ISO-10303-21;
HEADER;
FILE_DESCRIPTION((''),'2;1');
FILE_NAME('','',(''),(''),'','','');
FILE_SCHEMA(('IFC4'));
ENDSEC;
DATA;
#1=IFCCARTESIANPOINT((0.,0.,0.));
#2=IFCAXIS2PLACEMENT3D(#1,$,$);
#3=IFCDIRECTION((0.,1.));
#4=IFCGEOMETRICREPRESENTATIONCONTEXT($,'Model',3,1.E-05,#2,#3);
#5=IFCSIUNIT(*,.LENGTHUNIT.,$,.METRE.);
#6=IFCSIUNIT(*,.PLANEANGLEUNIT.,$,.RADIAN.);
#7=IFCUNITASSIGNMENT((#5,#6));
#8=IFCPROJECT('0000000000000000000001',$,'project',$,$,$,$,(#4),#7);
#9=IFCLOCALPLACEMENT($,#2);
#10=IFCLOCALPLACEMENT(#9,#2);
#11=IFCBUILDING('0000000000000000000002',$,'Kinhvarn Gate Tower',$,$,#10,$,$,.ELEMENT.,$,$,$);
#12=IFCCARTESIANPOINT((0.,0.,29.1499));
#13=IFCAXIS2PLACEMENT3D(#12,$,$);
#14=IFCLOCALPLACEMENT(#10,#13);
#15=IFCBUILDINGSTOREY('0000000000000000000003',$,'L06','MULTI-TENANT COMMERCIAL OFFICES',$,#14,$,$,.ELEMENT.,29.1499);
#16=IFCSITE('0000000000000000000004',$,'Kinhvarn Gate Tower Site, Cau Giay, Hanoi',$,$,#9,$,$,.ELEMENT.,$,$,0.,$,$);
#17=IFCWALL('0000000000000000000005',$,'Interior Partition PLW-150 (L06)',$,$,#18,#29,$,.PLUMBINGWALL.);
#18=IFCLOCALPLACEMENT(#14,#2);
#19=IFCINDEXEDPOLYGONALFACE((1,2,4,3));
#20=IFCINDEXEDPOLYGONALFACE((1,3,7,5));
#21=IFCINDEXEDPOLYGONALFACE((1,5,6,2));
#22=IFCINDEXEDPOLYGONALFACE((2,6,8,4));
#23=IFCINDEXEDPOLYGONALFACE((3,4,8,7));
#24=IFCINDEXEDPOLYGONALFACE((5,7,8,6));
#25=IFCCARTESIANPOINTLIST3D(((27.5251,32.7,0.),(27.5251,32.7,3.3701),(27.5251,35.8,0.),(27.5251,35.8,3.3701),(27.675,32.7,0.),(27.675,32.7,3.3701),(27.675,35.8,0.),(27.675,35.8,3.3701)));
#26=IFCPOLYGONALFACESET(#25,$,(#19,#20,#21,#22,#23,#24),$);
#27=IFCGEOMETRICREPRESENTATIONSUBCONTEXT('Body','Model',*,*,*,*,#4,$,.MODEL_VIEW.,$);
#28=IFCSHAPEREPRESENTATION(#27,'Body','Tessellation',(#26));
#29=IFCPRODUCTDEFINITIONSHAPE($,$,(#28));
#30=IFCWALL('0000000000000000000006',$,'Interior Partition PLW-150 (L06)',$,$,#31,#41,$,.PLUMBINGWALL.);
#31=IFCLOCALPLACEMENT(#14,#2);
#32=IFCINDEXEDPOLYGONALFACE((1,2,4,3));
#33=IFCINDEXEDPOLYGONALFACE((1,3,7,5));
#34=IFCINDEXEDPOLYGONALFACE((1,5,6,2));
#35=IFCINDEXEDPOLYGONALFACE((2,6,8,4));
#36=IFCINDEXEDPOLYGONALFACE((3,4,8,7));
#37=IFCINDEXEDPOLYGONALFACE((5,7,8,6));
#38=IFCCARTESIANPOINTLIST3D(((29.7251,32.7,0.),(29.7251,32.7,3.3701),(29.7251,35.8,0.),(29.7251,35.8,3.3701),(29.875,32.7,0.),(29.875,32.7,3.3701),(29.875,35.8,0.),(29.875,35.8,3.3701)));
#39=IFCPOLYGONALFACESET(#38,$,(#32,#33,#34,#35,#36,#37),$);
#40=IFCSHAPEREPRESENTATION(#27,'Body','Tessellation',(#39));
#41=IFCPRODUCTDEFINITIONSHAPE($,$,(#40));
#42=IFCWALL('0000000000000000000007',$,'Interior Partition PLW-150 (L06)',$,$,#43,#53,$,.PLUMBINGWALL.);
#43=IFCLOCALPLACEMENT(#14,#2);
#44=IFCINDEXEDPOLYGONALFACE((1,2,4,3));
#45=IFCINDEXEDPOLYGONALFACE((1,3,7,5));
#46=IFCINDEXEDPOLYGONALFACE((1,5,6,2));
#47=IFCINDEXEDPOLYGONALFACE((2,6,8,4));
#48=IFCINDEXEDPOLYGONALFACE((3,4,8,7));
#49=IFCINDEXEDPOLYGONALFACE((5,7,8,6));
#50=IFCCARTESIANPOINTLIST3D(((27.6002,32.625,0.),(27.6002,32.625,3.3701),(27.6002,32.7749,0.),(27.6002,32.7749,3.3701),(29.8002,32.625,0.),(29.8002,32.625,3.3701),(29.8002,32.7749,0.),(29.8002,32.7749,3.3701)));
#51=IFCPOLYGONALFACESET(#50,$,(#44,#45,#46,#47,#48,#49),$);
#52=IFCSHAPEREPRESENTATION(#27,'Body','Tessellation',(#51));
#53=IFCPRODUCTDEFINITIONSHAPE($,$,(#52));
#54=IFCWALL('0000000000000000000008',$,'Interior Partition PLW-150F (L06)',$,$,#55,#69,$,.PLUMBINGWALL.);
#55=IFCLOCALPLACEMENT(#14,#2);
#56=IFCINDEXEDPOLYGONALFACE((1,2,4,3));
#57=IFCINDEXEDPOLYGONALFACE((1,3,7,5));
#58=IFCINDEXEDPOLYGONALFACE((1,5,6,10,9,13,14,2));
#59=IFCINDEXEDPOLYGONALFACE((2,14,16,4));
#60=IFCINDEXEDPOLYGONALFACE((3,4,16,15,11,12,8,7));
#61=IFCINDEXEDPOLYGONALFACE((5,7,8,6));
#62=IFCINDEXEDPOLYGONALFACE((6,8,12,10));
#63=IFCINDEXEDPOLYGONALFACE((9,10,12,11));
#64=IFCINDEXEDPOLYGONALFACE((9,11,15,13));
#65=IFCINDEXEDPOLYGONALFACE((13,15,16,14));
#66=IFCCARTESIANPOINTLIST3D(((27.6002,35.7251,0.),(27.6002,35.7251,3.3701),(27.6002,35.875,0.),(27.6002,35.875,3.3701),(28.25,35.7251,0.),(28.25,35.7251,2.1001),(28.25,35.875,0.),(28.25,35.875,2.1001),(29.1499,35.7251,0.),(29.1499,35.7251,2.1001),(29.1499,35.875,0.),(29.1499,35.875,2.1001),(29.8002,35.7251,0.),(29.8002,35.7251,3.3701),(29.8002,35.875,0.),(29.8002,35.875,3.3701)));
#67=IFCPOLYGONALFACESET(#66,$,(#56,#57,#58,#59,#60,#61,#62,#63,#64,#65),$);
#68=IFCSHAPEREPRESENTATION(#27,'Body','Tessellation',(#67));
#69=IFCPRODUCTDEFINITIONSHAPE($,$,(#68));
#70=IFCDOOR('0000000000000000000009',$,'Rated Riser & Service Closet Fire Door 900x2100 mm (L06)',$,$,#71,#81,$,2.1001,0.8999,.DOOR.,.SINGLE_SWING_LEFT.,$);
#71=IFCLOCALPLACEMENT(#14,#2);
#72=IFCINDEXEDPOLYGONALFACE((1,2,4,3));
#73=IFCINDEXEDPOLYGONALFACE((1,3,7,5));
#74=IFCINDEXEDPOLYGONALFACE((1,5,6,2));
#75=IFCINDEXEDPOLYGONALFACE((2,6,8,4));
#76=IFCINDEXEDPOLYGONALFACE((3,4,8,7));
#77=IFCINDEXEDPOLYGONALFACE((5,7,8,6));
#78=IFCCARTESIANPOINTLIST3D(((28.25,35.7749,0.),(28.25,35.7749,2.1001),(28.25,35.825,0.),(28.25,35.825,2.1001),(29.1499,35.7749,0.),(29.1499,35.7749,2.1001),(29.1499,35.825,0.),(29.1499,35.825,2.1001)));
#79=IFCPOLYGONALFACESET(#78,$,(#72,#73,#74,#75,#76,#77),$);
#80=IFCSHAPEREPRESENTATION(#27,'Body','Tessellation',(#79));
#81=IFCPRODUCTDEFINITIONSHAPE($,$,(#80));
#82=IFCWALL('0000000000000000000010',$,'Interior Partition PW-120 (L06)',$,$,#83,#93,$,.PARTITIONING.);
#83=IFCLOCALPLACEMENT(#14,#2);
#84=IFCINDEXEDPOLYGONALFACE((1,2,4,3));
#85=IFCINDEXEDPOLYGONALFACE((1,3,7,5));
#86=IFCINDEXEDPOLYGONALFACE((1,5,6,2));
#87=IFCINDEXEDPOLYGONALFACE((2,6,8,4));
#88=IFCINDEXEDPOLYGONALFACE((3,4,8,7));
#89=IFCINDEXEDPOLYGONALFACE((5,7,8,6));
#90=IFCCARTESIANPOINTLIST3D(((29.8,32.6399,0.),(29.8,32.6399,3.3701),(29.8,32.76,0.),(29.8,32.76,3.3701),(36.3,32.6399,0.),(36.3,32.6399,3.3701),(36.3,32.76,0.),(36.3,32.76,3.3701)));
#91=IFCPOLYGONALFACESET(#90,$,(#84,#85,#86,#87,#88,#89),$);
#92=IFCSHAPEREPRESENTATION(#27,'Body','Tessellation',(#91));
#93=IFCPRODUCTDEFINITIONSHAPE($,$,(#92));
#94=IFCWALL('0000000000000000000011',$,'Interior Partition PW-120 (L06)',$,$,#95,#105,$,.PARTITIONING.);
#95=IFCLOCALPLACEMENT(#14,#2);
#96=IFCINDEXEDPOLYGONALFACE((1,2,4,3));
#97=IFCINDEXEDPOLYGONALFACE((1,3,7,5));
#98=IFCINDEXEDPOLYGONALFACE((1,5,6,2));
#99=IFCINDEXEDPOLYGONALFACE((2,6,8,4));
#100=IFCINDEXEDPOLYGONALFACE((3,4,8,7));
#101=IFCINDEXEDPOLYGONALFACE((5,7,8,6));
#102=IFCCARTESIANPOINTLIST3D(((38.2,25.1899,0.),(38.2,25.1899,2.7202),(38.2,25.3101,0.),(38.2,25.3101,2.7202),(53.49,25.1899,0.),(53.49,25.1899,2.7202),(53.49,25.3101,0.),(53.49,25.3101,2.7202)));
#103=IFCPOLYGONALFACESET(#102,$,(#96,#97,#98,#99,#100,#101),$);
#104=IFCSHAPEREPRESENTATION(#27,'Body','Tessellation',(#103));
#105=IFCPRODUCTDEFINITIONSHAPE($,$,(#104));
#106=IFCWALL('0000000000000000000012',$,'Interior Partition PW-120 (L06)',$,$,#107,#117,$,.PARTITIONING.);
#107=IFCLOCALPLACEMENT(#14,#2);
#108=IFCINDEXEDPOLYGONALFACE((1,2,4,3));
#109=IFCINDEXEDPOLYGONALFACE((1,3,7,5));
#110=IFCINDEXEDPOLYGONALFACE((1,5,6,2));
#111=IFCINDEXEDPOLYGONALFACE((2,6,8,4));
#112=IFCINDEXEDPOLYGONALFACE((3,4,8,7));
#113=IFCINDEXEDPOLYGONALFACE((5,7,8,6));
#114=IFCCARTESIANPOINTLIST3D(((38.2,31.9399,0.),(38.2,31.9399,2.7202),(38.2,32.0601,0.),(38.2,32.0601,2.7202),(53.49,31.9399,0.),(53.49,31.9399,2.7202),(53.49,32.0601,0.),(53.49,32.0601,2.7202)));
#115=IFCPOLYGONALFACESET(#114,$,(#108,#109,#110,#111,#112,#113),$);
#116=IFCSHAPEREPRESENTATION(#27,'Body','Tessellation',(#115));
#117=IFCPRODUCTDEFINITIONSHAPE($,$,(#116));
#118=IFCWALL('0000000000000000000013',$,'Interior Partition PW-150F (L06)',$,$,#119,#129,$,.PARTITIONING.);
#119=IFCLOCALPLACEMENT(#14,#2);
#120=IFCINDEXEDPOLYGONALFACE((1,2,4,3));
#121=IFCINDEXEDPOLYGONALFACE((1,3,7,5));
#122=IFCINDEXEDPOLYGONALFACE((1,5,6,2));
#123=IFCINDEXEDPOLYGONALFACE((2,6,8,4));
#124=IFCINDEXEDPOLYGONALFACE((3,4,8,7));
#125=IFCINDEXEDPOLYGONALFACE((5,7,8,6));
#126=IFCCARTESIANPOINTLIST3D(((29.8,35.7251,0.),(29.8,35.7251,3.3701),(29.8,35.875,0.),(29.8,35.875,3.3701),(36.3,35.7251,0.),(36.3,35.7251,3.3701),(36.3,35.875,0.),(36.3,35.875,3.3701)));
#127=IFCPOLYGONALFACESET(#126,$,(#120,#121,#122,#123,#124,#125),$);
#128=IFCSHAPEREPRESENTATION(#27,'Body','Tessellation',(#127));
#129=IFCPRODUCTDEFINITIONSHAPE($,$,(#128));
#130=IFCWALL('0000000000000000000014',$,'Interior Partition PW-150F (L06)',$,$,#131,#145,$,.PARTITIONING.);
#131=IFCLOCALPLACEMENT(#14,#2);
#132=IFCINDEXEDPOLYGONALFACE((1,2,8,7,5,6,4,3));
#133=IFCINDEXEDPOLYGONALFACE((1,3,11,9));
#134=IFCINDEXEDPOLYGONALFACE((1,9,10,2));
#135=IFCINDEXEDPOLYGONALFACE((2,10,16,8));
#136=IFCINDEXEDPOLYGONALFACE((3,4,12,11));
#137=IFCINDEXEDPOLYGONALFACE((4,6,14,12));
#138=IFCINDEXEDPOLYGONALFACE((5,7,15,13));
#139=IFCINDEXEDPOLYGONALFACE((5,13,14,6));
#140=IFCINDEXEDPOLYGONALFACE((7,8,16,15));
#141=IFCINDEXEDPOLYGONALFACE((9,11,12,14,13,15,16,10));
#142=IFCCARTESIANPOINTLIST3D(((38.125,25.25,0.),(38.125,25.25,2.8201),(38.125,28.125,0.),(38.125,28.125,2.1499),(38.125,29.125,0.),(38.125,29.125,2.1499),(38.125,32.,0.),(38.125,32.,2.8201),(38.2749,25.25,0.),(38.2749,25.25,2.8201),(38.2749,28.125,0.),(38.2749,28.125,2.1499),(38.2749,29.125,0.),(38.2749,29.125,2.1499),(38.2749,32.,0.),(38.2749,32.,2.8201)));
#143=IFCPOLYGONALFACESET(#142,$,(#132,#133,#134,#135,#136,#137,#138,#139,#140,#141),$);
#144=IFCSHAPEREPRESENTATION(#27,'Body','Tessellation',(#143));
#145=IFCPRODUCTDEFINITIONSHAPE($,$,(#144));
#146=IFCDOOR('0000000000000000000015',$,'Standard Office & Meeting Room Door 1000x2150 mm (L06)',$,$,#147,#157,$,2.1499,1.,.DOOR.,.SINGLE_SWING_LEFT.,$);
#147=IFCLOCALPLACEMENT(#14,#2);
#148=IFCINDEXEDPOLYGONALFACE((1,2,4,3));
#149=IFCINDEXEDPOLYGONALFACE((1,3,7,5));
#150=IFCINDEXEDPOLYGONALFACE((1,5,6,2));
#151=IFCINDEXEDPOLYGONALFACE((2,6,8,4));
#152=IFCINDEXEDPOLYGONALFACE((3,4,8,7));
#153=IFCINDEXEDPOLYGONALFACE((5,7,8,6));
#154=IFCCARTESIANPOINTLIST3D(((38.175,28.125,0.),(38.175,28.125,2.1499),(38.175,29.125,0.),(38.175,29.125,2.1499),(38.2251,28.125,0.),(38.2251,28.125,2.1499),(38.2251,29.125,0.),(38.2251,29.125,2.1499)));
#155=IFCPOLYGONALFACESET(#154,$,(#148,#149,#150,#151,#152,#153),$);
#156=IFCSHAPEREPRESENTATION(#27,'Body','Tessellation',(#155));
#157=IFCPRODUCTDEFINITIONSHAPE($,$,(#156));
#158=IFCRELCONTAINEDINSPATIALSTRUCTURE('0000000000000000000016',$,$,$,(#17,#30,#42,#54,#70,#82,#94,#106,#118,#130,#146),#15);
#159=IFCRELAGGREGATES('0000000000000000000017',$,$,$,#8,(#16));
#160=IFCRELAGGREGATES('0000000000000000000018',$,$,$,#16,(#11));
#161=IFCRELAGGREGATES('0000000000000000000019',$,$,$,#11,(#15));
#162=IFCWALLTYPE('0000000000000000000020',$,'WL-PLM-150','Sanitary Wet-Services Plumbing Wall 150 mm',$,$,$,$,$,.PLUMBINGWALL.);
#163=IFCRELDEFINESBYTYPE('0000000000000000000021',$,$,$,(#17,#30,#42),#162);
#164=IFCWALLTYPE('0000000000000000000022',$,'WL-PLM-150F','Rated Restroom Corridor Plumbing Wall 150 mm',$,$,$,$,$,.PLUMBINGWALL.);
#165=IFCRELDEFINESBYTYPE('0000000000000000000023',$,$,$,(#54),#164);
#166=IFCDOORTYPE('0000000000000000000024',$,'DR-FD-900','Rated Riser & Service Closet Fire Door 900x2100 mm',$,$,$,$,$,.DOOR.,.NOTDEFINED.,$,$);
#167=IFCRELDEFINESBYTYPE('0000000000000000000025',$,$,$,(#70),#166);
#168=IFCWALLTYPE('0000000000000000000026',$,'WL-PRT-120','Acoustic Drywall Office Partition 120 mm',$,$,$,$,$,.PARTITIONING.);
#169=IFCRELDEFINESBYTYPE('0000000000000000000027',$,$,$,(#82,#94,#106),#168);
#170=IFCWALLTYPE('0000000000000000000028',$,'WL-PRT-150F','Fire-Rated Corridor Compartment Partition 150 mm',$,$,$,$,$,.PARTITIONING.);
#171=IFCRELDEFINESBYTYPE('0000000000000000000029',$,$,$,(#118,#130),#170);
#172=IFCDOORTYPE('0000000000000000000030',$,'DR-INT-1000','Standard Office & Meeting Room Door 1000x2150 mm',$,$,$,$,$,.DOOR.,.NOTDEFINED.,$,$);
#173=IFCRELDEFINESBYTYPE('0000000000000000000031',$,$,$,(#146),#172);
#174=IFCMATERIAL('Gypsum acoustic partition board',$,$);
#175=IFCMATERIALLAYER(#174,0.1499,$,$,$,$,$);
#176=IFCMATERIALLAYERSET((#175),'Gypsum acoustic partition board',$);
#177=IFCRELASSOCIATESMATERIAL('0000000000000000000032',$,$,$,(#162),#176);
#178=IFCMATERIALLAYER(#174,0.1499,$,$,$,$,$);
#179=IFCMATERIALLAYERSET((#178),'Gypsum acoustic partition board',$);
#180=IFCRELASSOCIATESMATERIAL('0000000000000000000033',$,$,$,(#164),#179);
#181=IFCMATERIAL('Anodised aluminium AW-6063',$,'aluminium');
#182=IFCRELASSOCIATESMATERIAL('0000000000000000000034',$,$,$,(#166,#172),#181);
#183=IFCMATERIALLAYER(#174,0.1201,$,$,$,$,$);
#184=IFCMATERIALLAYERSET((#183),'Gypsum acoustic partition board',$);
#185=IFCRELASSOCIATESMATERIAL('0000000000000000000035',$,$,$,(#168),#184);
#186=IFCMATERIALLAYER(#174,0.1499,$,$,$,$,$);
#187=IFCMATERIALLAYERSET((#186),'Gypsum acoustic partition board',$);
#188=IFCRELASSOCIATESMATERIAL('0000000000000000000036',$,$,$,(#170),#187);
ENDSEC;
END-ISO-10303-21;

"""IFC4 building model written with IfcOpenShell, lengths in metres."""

from ifc_helpers import new_model, si_unit, direction, frame, frame_2d, origin, place, context, subcontext, project, spatial, rectangle, extrude, material, layer, layer_set, type_object, element, fill, save


model = new_model("IFC4")

# Units and contexts
model_context = context("Model", 3, precision=1e-05, world=origin(), true_north=direction((0.0, 1.0)))
body_context = subcontext(model_context, "Body", "Model", "MODEL_VIEW")
ifc_project = project(units=[si_unit("LENGTHUNIT", "METRE"), si_unit("PLANEANGLEUNIT", "RADIAN")], contexts=[model_context])

# Site, building, storey
site_placement = place(None, origin())
site = spatial("IfcSite", under=ifc_project, at=site_placement, Name="Kinhvarn Gate Tower Site, Cau Giay, Hanoi", CompositionType="ELEMENT", RefElevation=0.0)
building_placement = place(site_placement, origin())
building = spatial("IfcBuilding", under=site, at=building_placement, Name="Kinhvarn Gate Tower", CompositionType="ELEMENT")
storey_placement = place(building_placement, frame((0.0, 0.0, 29.1499)))
storey = spatial("IfcBuildingStorey", under=building, at=storey_placement, Name="L06", Description="MULTI-TENANT COMMERCIAL OFFICES", CompositionType="ELEMENT", Elevation=29.1499)

# Walls
ifc_material_1 = material(Name="Gypsum acoustic partition board")
ifc_layer_1 = layer(ifc_material_1, 0.1499)
ifc_layer_set_1 = layer_set([ifc_layer_1], Name="Gypsum acoustic partition board")
wall_type_1 = type_object("IfcWallType", Name="WL-PLM-150", Description="Sanitary Wet-Services Plumbing Wall 150 mm", PredefinedType="PLUMBINGWALL", material=ifc_layer_set_1)
for number, where, z_axis, x_axis, name in (
    (1, (27.6001, 32.7, 0.0), (0.0, 0.0, 1.0), (0.0, 1.0, 0.0), "Interior Partition PLW-150 (L06)"),
    (2, (29.8, 32.7, 0.0), (0.0, 0.0, 1.0), (0.0, 1.0, 0.0), "Interior Partition PLW-150 (L06)"),
):
    element("IfcWall", number, at=place(storey_placement, frame(where, z_axis=z_axis, x_axis=x_axis)), inside=storey, type_object=wall_type_1, Name=name, PredefinedType="PLUMBINGWALL", context=body_context, shape_type="SweptSolid", body=[
        extrude(rectangle(XDim=3.1001, YDim=0.1499, at=frame_2d((1.55, 0.0))), origin(), (0.0, 0.0, 1.0), 3.3701),
    ])
wall_1_placement = place(storey_placement, frame((27.6001, 32.7, 0.0), z_axis=(0.0, 0.0, 1.0), x_axis=(1.0, 0.0, 0.0)))
element("IfcWall", 3, at=wall_1_placement, inside=storey, type_object=wall_type_1, Name="Interior Partition PLW-150 (L06)", PredefinedType="PLUMBINGWALL", context=body_context, shape_type="SweptSolid", body=[
    extrude(rectangle(XDim=2.2, YDim=0.1499, at=frame_2d((1.1001, 0.0))), origin(), (0.0, 0.0, 1.0), 3.3701),
])

# Wall, opening, door
ifc_layer_2 = layer(ifc_material_1, 0.1499)
ifc_layer_set_2 = layer_set([ifc_layer_2], Name="Gypsum acoustic partition board")
wall_type_2 = type_object("IfcWallType", Name="WL-PLM-150F", Description="Rated Restroom Corridor Plumbing Wall 150 mm", PredefinedType="PLUMBINGWALL", material=ifc_layer_set_2)
wall_2_placement = place(storey_placement, frame((27.6001, 35.8, 0.0), z_axis=(0.0, 0.0, 1.0), x_axis=(1.0, 0.0, 0.0)))
wall_2 = element("IfcWall", 4, at=wall_2_placement, inside=storey, type_object=wall_type_2, Name="Interior Partition PLW-150F (L06)", PredefinedType="PLUMBINGWALL", context=body_context, shape_type="SweptSolid", body=[
    extrude(rectangle(XDim=2.2, YDim=0.1499, at=frame_2d((1.1001, 0.0))), origin(), (0.0, 0.0, 1.0), 3.3701),
])
opening_1_placement = place(wall_2_placement, frame((0.6499, 0.0, 0.0)))
opening_1 = element("IfcOpeningElement", 5, at=opening_1_placement, cuts=wall_2, PredefinedType="OPENING", context=body_context, shape_type="SweptSolid", body=[
    extrude(rectangle(XDim=0.8999, YDim=2.1001, at=frame_2d((0.45, 1.05))), frame((0.0, 0.085, 0.0), z_axis=(0.0, -1.0, 0.0), x_axis=(1.0, 0.0, 0.0)), (0.0, 0.0, 1.0), 0.1699),
])
ifc_material_2 = material(Name="Anodised aluminium AW-6063", Category="aluminium")
door_type_1 = type_object("IfcDoorType", Name="DR-FD-900", Description="Rated Riser & Service Closet Fire Door 900x2100 mm", OperationType="NOTDEFINED", PredefinedType="DOOR", material=ifc_material_2)
door_1_placement = place(opening_1_placement, origin())
door_1 = element("IfcDoor", 6, at=door_1_placement, inside=storey, type_object=door_type_1, Name="Rated Riser & Service Closet Fire Door 900x2100 mm (L06)", OperationType="SINGLE_SWING_LEFT", OverallHeight=2.1001, OverallWidth=0.8999, PredefinedType="DOOR", context=body_context, shape_type="SweptSolid", body=[
    extrude(rectangle(XDim=0.8999, YDim=2.1001, at=frame_2d((0.45, 1.05))), frame((0.0, 0.0249, 0.0), z_axis=(0.0, -1.0, 0.0), x_axis=(1.0, 0.0, 0.0)), (0.0, 0.0, 1.0), 0.05),
])
fill(opening_1, door_1)

# Walls
ifc_layer_3 = layer(ifc_material_1, 0.1201)
ifc_layer_set_3 = layer_set([ifc_layer_3], Name="Gypsum acoustic partition board")
wall_type_3 = type_object("IfcWallType", Name="WL-PRT-120", Description="Acoustic Drywall Office Partition 120 mm", PredefinedType="PARTITIONING", material=ifc_layer_set_3)
wall_3_placement = place(storey_placement, frame((29.8, 32.7, 0.0), z_axis=(0.0, 0.0, 1.0), x_axis=(1.0, 0.0, 0.0)))
element("IfcWall", 7, at=wall_3_placement, inside=storey, type_object=wall_type_3, Name="Interior Partition PW-120 (L06)", PredefinedType="PARTITIONING", context=body_context, shape_type="SweptSolid", body=[
    extrude(rectangle(XDim=6.5, YDim=0.1201, at=frame_2d((3.25, 0.0))), origin(), (0.0, 0.0, 1.0), 3.3701),
])
for number, where, z_axis, x_axis, name in (
    (8, (38.2, 25.25, 0.0), (0.0, 0.0, 1.0), (1.0, 0.0, 0.0), "Interior Partition PW-120 (L06)"),
    (9, (38.2, 32.0, 0.0), (0.0, 0.0, 1.0), (1.0, 0.0, 0.0), "Interior Partition PW-120 (L06)"),
):
    element("IfcWall", number, at=place(storey_placement, frame(where, z_axis=z_axis, x_axis=x_axis)), inside=storey, type_object=wall_type_3, Name=name, PredefinedType="PARTITIONING", context=body_context, shape_type="SweptSolid", body=[
        extrude(rectangle(XDim=15.29, YDim=0.1201, at=frame_2d((7.645, 0.0))), origin(), (0.0, 0.0, 1.0), 2.7202),
    ])
ifc_layer_4 = layer(ifc_material_1, 0.1499)
ifc_layer_set_4 = layer_set([ifc_layer_4], Name="Gypsum acoustic partition board")
wall_type_4 = type_object("IfcWallType", Name="WL-PRT-150F", Description="Fire-Rated Corridor Compartment Partition 150 mm", PredefinedType="PARTITIONING", material=ifc_layer_set_4)
wall_4_placement = place(storey_placement, frame((29.8, 35.8, 0.0), z_axis=(0.0, 0.0, 1.0), x_axis=(1.0, 0.0, 0.0)))
element("IfcWall", 10, at=wall_4_placement, inside=storey, type_object=wall_type_4, Name="Interior Partition PW-150F (L06)", PredefinedType="PARTITIONING", context=body_context, shape_type="SweptSolid", body=[
    extrude(rectangle(XDim=6.5, YDim=0.1499, at=frame_2d((3.25, 0.0))), origin(), (0.0, 0.0, 1.0), 3.3701),
])

# Wall, opening, door
door_type_2 = type_object("IfcDoorType", Name="DR-INT-1000", Description="Standard Office & Meeting Room Door 1000x2150 mm", OperationType="NOTDEFINED", PredefinedType="DOOR", material=ifc_material_2)
wall_5_placement = place(storey_placement, frame((38.2, 25.25, 0.0), z_axis=(0.0, 0.0, 1.0), x_axis=(0.0, 1.0, 0.0)))
wall_5 = element("IfcWall", 11, at=wall_5_placement, inside=storey, type_object=wall_type_4, Name="Interior Partition PW-150F (L06)", PredefinedType="PARTITIONING", context=body_context, shape_type="SweptSolid", body=[
    extrude(rectangle(XDim=6.75, YDim=0.1499, at=frame_2d((3.375, 0.0))), origin(), (0.0, 0.0, 1.0), 2.8201),
])
opening_2_placement = place(wall_5_placement, frame((2.875, 0.0, 0.0)))
opening_2 = element("IfcOpeningElement", 12, at=opening_2_placement, cuts=wall_5, PredefinedType="OPENING", context=body_context, shape_type="SweptSolid", body=[
    extrude(rectangle(XDim=1.0, YDim=2.1499, at=frame_2d((0.5, 1.075))), frame((0.0, 0.085, 0.0), z_axis=(0.0, -1.0, 0.0), x_axis=(1.0, 0.0, 0.0)), (0.0, 0.0, 1.0), 0.1699),
])
door_2_placement = place(opening_2_placement, origin())
door_2 = element("IfcDoor", 13, at=door_2_placement, inside=storey, type_object=door_type_2, Name="Standard Office & Meeting Room Door 1000x2150 mm (L06)", OperationType="SINGLE_SWING_LEFT", OverallHeight=2.1499, OverallWidth=1.0, PredefinedType="DOOR", context=body_context, shape_type="SweptSolid", body=[
    extrude(rectangle(XDim=1.0, YDim=2.1499, at=frame_2d((0.5, 1.075))), frame((0.0, 0.0249, 0.0), z_axis=(0.0, -1.0, 0.0), x_axis=(1.0, 0.0, 0.0)), (0.0, 0.0, 1.0), 0.05),
])
fill(opening_2, door_2)

save(model, "model.ifc")
